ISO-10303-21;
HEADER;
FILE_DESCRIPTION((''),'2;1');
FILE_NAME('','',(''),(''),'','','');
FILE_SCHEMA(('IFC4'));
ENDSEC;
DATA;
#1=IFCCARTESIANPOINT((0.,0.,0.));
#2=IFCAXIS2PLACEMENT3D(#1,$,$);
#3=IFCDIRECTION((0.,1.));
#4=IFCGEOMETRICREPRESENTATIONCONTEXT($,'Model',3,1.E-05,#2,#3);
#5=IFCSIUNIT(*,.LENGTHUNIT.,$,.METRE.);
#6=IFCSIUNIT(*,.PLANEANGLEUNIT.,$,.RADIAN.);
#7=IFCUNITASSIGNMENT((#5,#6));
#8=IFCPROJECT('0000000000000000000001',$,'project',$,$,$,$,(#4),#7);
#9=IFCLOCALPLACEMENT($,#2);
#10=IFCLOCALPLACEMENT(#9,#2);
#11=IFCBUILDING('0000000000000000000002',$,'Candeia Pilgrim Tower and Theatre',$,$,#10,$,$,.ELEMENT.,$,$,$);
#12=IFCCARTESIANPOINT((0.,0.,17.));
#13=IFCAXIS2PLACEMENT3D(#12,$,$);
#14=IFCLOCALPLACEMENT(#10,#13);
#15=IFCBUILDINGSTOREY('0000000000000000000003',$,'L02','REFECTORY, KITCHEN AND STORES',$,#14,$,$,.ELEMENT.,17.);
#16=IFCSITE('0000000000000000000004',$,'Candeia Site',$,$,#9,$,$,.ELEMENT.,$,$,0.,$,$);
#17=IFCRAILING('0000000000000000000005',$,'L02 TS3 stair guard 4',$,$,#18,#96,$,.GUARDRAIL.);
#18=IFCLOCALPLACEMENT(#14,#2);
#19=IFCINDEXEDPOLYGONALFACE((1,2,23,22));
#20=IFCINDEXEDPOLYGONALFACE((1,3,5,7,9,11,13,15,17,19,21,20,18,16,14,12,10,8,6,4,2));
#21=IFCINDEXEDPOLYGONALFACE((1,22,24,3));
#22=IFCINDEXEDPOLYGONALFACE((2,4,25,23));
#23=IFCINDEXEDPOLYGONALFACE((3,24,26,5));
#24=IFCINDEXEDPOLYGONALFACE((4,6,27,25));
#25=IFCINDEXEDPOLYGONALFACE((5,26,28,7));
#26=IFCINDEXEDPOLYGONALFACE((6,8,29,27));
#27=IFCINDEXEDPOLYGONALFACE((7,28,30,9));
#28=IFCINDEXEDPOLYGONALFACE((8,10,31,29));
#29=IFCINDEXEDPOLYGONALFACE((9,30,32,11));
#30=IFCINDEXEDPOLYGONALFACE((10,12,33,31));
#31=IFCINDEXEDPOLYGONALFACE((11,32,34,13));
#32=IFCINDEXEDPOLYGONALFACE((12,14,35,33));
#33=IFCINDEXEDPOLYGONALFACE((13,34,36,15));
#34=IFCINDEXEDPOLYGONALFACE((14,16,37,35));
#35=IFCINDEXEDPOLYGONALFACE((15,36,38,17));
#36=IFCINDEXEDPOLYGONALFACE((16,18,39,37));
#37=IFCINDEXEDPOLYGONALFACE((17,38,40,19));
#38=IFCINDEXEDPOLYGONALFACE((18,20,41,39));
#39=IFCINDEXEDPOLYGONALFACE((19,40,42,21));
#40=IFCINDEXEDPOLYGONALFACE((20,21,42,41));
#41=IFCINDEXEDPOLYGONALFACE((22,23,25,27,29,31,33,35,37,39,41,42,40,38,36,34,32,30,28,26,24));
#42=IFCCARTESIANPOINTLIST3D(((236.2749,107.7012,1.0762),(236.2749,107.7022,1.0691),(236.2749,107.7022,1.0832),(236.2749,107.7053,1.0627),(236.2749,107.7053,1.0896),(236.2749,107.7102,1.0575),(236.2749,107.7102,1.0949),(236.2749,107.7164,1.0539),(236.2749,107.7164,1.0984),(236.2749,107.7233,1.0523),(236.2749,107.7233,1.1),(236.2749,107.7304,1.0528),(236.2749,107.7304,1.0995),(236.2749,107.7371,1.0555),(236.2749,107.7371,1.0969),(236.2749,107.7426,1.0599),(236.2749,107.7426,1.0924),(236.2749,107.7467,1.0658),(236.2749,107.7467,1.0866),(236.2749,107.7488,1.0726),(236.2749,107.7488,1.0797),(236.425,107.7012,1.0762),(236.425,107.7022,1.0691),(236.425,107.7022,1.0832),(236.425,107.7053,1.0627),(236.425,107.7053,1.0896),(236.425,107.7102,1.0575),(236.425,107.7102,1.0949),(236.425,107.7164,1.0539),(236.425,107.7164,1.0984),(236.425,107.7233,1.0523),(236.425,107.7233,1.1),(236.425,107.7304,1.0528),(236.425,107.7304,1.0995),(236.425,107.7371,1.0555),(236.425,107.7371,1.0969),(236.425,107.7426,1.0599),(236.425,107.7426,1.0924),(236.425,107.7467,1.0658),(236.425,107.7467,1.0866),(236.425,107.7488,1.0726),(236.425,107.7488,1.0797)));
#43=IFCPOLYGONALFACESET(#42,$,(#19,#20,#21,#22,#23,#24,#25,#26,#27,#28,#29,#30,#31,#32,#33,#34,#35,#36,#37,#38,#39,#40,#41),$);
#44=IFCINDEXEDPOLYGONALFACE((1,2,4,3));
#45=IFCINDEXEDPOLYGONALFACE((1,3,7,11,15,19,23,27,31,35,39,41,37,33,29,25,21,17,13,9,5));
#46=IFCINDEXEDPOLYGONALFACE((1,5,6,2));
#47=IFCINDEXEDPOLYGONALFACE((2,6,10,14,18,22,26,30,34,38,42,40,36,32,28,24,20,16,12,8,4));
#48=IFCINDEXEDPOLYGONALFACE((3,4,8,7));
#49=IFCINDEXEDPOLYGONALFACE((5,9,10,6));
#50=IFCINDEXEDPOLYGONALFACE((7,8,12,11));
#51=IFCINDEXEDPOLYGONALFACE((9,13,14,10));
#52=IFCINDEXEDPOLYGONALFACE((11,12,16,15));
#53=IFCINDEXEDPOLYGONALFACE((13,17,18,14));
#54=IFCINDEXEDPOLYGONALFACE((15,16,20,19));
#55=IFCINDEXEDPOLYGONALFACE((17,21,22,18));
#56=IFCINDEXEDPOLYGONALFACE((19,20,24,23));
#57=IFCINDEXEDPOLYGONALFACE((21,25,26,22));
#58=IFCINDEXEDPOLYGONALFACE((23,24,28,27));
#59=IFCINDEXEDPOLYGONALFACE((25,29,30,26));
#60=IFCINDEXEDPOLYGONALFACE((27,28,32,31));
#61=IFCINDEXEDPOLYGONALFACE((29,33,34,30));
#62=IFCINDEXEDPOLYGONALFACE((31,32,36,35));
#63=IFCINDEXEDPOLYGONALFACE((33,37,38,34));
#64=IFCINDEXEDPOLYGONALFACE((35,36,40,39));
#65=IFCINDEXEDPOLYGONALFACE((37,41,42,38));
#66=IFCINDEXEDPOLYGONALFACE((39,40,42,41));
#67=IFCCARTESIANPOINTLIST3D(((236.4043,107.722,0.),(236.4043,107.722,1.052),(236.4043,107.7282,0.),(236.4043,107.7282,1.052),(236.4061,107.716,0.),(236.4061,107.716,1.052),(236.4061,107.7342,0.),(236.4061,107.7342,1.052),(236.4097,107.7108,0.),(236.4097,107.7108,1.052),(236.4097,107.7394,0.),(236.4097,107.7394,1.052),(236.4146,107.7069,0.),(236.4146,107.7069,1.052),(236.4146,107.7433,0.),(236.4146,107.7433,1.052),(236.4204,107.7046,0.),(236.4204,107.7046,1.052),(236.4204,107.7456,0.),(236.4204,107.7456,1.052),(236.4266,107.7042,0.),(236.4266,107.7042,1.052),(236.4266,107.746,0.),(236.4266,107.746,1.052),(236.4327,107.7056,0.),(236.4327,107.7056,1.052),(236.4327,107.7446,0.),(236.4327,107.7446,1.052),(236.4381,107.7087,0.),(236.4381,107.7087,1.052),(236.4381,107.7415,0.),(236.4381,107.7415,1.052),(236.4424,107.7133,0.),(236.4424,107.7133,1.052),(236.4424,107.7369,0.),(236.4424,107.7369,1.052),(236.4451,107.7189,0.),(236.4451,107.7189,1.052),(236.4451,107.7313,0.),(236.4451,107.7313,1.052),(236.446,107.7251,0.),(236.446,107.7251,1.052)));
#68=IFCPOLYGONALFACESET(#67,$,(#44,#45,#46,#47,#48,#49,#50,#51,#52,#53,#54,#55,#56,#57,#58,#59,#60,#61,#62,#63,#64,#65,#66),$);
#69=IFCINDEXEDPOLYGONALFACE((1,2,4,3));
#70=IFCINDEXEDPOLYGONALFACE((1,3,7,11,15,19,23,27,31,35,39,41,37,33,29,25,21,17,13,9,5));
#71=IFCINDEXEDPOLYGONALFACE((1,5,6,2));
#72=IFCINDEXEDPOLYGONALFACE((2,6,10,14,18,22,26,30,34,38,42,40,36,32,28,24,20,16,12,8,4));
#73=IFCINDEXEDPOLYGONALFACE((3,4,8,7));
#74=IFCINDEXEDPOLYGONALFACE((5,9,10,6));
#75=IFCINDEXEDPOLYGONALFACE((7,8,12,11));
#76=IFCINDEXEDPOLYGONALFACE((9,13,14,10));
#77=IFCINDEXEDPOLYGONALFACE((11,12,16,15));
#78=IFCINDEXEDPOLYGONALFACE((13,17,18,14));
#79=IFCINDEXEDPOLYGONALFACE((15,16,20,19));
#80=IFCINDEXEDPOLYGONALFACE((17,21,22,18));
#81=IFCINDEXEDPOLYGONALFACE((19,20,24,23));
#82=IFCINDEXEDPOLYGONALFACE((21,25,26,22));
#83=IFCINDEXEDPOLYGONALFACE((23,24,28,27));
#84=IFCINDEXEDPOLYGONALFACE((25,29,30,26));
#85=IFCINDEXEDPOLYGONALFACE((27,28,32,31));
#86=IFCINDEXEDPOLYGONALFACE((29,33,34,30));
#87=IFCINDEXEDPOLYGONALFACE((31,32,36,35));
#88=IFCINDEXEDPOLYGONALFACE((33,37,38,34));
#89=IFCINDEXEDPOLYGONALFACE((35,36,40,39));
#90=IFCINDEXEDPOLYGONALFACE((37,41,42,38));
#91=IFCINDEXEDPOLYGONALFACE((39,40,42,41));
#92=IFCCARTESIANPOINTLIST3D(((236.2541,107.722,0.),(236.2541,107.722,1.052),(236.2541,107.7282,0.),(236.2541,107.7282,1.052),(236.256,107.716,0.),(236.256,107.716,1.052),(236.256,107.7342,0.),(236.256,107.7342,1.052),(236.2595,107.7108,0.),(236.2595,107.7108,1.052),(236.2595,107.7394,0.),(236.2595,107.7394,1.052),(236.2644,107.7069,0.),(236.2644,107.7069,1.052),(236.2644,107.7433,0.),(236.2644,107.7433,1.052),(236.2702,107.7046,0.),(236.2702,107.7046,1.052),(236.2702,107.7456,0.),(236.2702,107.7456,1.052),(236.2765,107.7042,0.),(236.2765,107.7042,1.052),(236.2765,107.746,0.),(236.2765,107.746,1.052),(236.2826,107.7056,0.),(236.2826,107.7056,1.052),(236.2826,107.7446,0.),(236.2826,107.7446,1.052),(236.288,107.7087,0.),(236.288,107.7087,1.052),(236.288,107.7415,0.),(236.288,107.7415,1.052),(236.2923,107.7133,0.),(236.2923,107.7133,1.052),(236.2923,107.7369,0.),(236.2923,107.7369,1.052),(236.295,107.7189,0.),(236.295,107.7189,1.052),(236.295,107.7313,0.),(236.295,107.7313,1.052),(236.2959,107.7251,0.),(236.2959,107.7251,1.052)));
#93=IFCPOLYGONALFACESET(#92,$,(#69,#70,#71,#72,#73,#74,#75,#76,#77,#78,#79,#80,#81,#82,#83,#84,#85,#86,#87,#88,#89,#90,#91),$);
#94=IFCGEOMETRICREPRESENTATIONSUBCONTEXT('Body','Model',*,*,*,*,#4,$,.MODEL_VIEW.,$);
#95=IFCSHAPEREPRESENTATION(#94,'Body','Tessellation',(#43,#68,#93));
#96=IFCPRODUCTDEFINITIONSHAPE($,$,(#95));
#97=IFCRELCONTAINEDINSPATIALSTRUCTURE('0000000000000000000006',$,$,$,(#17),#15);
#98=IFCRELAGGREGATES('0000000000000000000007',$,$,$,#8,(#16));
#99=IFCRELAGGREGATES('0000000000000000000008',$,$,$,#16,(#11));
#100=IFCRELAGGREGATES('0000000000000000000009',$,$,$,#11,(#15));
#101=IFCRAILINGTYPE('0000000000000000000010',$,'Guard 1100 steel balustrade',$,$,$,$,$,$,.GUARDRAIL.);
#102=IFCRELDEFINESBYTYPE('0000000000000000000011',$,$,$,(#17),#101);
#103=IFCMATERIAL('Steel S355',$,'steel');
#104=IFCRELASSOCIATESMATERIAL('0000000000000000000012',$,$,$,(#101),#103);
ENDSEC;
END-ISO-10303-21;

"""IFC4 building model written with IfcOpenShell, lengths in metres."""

from ifc_helpers import new_model, si_unit, direction, frame, origin, origin_2d, place, context, subcontext, project, spatial, circle, extrude, material, type_object, element, save


model = new_model("IFC4")

# Units and contexts
model_context = context("Model", 3, precision=1e-05, world=origin(), true_north=direction((0.0, 1.0)))
body_context = subcontext(model_context, "Body", "Model", "MODEL_VIEW")
ifc_project = project(units=[si_unit("LENGTHUNIT", "METRE"), si_unit("PLANEANGLEUNIT", "RADIAN")], contexts=[model_context])

# Site, building, storey
site_placement = place(None, origin())
site = spatial("IfcSite", under=ifc_project, at=site_placement, Name="Candeia Site", CompositionType="ELEMENT", RefElevation=0.0)
building_placement = place(site_placement, origin())
building = spatial("IfcBuilding", under=site, at=building_placement, Name="Candeia Pilgrim Tower and Theatre", CompositionType="ELEMENT")
storey_placement = place(building_placement, frame((0.0, 0.0, 17.0)))
storey = spatial("IfcBuildingStorey", under=building, at=storey_placement, Name="L02", Description="REFECTORY, KITCHEN AND STORES", CompositionType="ELEMENT", Elevation=17.0)

# Railing
ifc_material_1 = material(Name="Steel S355", Category="steel")
railing_type_1 = type_object("IfcRailingType", Name="Guard 1100 steel balustrade", PredefinedType="GUARDRAIL", material=ifc_material_1)
railing_1_placement = place(storey_placement, frame((236.425, 107.7251, 0.0)))
element("IfcRailing", 1, at=railing_1_placement, inside=storey, type_object=railing_type_1, Name="L02 TS3 stair guard 4", PredefinedType="GUARDRAIL", context=body_context, shape_type="SweptSolid", body=[
    extrude(circle(Radius=0.0239, at=origin_2d()), frame((0.0, 0.0, 1.0762), z_axis=(-1.0, 0.0, 0.0), x_axis=(0.0, -1.0, 0.0)), (0.0, 0.0, 1.0), 0.1501),
    extrude(circle(Radius=0.021, at=origin_2d()), origin(), (0.0, 0.0, 1.0), 1.052),
    extrude(circle(Radius=0.021, at=origin_2d()), frame((-0.1501, 0.0, 0.0)), (0.0, 0.0, 1.0), 1.052),
])

save(model, "model.ifc")
